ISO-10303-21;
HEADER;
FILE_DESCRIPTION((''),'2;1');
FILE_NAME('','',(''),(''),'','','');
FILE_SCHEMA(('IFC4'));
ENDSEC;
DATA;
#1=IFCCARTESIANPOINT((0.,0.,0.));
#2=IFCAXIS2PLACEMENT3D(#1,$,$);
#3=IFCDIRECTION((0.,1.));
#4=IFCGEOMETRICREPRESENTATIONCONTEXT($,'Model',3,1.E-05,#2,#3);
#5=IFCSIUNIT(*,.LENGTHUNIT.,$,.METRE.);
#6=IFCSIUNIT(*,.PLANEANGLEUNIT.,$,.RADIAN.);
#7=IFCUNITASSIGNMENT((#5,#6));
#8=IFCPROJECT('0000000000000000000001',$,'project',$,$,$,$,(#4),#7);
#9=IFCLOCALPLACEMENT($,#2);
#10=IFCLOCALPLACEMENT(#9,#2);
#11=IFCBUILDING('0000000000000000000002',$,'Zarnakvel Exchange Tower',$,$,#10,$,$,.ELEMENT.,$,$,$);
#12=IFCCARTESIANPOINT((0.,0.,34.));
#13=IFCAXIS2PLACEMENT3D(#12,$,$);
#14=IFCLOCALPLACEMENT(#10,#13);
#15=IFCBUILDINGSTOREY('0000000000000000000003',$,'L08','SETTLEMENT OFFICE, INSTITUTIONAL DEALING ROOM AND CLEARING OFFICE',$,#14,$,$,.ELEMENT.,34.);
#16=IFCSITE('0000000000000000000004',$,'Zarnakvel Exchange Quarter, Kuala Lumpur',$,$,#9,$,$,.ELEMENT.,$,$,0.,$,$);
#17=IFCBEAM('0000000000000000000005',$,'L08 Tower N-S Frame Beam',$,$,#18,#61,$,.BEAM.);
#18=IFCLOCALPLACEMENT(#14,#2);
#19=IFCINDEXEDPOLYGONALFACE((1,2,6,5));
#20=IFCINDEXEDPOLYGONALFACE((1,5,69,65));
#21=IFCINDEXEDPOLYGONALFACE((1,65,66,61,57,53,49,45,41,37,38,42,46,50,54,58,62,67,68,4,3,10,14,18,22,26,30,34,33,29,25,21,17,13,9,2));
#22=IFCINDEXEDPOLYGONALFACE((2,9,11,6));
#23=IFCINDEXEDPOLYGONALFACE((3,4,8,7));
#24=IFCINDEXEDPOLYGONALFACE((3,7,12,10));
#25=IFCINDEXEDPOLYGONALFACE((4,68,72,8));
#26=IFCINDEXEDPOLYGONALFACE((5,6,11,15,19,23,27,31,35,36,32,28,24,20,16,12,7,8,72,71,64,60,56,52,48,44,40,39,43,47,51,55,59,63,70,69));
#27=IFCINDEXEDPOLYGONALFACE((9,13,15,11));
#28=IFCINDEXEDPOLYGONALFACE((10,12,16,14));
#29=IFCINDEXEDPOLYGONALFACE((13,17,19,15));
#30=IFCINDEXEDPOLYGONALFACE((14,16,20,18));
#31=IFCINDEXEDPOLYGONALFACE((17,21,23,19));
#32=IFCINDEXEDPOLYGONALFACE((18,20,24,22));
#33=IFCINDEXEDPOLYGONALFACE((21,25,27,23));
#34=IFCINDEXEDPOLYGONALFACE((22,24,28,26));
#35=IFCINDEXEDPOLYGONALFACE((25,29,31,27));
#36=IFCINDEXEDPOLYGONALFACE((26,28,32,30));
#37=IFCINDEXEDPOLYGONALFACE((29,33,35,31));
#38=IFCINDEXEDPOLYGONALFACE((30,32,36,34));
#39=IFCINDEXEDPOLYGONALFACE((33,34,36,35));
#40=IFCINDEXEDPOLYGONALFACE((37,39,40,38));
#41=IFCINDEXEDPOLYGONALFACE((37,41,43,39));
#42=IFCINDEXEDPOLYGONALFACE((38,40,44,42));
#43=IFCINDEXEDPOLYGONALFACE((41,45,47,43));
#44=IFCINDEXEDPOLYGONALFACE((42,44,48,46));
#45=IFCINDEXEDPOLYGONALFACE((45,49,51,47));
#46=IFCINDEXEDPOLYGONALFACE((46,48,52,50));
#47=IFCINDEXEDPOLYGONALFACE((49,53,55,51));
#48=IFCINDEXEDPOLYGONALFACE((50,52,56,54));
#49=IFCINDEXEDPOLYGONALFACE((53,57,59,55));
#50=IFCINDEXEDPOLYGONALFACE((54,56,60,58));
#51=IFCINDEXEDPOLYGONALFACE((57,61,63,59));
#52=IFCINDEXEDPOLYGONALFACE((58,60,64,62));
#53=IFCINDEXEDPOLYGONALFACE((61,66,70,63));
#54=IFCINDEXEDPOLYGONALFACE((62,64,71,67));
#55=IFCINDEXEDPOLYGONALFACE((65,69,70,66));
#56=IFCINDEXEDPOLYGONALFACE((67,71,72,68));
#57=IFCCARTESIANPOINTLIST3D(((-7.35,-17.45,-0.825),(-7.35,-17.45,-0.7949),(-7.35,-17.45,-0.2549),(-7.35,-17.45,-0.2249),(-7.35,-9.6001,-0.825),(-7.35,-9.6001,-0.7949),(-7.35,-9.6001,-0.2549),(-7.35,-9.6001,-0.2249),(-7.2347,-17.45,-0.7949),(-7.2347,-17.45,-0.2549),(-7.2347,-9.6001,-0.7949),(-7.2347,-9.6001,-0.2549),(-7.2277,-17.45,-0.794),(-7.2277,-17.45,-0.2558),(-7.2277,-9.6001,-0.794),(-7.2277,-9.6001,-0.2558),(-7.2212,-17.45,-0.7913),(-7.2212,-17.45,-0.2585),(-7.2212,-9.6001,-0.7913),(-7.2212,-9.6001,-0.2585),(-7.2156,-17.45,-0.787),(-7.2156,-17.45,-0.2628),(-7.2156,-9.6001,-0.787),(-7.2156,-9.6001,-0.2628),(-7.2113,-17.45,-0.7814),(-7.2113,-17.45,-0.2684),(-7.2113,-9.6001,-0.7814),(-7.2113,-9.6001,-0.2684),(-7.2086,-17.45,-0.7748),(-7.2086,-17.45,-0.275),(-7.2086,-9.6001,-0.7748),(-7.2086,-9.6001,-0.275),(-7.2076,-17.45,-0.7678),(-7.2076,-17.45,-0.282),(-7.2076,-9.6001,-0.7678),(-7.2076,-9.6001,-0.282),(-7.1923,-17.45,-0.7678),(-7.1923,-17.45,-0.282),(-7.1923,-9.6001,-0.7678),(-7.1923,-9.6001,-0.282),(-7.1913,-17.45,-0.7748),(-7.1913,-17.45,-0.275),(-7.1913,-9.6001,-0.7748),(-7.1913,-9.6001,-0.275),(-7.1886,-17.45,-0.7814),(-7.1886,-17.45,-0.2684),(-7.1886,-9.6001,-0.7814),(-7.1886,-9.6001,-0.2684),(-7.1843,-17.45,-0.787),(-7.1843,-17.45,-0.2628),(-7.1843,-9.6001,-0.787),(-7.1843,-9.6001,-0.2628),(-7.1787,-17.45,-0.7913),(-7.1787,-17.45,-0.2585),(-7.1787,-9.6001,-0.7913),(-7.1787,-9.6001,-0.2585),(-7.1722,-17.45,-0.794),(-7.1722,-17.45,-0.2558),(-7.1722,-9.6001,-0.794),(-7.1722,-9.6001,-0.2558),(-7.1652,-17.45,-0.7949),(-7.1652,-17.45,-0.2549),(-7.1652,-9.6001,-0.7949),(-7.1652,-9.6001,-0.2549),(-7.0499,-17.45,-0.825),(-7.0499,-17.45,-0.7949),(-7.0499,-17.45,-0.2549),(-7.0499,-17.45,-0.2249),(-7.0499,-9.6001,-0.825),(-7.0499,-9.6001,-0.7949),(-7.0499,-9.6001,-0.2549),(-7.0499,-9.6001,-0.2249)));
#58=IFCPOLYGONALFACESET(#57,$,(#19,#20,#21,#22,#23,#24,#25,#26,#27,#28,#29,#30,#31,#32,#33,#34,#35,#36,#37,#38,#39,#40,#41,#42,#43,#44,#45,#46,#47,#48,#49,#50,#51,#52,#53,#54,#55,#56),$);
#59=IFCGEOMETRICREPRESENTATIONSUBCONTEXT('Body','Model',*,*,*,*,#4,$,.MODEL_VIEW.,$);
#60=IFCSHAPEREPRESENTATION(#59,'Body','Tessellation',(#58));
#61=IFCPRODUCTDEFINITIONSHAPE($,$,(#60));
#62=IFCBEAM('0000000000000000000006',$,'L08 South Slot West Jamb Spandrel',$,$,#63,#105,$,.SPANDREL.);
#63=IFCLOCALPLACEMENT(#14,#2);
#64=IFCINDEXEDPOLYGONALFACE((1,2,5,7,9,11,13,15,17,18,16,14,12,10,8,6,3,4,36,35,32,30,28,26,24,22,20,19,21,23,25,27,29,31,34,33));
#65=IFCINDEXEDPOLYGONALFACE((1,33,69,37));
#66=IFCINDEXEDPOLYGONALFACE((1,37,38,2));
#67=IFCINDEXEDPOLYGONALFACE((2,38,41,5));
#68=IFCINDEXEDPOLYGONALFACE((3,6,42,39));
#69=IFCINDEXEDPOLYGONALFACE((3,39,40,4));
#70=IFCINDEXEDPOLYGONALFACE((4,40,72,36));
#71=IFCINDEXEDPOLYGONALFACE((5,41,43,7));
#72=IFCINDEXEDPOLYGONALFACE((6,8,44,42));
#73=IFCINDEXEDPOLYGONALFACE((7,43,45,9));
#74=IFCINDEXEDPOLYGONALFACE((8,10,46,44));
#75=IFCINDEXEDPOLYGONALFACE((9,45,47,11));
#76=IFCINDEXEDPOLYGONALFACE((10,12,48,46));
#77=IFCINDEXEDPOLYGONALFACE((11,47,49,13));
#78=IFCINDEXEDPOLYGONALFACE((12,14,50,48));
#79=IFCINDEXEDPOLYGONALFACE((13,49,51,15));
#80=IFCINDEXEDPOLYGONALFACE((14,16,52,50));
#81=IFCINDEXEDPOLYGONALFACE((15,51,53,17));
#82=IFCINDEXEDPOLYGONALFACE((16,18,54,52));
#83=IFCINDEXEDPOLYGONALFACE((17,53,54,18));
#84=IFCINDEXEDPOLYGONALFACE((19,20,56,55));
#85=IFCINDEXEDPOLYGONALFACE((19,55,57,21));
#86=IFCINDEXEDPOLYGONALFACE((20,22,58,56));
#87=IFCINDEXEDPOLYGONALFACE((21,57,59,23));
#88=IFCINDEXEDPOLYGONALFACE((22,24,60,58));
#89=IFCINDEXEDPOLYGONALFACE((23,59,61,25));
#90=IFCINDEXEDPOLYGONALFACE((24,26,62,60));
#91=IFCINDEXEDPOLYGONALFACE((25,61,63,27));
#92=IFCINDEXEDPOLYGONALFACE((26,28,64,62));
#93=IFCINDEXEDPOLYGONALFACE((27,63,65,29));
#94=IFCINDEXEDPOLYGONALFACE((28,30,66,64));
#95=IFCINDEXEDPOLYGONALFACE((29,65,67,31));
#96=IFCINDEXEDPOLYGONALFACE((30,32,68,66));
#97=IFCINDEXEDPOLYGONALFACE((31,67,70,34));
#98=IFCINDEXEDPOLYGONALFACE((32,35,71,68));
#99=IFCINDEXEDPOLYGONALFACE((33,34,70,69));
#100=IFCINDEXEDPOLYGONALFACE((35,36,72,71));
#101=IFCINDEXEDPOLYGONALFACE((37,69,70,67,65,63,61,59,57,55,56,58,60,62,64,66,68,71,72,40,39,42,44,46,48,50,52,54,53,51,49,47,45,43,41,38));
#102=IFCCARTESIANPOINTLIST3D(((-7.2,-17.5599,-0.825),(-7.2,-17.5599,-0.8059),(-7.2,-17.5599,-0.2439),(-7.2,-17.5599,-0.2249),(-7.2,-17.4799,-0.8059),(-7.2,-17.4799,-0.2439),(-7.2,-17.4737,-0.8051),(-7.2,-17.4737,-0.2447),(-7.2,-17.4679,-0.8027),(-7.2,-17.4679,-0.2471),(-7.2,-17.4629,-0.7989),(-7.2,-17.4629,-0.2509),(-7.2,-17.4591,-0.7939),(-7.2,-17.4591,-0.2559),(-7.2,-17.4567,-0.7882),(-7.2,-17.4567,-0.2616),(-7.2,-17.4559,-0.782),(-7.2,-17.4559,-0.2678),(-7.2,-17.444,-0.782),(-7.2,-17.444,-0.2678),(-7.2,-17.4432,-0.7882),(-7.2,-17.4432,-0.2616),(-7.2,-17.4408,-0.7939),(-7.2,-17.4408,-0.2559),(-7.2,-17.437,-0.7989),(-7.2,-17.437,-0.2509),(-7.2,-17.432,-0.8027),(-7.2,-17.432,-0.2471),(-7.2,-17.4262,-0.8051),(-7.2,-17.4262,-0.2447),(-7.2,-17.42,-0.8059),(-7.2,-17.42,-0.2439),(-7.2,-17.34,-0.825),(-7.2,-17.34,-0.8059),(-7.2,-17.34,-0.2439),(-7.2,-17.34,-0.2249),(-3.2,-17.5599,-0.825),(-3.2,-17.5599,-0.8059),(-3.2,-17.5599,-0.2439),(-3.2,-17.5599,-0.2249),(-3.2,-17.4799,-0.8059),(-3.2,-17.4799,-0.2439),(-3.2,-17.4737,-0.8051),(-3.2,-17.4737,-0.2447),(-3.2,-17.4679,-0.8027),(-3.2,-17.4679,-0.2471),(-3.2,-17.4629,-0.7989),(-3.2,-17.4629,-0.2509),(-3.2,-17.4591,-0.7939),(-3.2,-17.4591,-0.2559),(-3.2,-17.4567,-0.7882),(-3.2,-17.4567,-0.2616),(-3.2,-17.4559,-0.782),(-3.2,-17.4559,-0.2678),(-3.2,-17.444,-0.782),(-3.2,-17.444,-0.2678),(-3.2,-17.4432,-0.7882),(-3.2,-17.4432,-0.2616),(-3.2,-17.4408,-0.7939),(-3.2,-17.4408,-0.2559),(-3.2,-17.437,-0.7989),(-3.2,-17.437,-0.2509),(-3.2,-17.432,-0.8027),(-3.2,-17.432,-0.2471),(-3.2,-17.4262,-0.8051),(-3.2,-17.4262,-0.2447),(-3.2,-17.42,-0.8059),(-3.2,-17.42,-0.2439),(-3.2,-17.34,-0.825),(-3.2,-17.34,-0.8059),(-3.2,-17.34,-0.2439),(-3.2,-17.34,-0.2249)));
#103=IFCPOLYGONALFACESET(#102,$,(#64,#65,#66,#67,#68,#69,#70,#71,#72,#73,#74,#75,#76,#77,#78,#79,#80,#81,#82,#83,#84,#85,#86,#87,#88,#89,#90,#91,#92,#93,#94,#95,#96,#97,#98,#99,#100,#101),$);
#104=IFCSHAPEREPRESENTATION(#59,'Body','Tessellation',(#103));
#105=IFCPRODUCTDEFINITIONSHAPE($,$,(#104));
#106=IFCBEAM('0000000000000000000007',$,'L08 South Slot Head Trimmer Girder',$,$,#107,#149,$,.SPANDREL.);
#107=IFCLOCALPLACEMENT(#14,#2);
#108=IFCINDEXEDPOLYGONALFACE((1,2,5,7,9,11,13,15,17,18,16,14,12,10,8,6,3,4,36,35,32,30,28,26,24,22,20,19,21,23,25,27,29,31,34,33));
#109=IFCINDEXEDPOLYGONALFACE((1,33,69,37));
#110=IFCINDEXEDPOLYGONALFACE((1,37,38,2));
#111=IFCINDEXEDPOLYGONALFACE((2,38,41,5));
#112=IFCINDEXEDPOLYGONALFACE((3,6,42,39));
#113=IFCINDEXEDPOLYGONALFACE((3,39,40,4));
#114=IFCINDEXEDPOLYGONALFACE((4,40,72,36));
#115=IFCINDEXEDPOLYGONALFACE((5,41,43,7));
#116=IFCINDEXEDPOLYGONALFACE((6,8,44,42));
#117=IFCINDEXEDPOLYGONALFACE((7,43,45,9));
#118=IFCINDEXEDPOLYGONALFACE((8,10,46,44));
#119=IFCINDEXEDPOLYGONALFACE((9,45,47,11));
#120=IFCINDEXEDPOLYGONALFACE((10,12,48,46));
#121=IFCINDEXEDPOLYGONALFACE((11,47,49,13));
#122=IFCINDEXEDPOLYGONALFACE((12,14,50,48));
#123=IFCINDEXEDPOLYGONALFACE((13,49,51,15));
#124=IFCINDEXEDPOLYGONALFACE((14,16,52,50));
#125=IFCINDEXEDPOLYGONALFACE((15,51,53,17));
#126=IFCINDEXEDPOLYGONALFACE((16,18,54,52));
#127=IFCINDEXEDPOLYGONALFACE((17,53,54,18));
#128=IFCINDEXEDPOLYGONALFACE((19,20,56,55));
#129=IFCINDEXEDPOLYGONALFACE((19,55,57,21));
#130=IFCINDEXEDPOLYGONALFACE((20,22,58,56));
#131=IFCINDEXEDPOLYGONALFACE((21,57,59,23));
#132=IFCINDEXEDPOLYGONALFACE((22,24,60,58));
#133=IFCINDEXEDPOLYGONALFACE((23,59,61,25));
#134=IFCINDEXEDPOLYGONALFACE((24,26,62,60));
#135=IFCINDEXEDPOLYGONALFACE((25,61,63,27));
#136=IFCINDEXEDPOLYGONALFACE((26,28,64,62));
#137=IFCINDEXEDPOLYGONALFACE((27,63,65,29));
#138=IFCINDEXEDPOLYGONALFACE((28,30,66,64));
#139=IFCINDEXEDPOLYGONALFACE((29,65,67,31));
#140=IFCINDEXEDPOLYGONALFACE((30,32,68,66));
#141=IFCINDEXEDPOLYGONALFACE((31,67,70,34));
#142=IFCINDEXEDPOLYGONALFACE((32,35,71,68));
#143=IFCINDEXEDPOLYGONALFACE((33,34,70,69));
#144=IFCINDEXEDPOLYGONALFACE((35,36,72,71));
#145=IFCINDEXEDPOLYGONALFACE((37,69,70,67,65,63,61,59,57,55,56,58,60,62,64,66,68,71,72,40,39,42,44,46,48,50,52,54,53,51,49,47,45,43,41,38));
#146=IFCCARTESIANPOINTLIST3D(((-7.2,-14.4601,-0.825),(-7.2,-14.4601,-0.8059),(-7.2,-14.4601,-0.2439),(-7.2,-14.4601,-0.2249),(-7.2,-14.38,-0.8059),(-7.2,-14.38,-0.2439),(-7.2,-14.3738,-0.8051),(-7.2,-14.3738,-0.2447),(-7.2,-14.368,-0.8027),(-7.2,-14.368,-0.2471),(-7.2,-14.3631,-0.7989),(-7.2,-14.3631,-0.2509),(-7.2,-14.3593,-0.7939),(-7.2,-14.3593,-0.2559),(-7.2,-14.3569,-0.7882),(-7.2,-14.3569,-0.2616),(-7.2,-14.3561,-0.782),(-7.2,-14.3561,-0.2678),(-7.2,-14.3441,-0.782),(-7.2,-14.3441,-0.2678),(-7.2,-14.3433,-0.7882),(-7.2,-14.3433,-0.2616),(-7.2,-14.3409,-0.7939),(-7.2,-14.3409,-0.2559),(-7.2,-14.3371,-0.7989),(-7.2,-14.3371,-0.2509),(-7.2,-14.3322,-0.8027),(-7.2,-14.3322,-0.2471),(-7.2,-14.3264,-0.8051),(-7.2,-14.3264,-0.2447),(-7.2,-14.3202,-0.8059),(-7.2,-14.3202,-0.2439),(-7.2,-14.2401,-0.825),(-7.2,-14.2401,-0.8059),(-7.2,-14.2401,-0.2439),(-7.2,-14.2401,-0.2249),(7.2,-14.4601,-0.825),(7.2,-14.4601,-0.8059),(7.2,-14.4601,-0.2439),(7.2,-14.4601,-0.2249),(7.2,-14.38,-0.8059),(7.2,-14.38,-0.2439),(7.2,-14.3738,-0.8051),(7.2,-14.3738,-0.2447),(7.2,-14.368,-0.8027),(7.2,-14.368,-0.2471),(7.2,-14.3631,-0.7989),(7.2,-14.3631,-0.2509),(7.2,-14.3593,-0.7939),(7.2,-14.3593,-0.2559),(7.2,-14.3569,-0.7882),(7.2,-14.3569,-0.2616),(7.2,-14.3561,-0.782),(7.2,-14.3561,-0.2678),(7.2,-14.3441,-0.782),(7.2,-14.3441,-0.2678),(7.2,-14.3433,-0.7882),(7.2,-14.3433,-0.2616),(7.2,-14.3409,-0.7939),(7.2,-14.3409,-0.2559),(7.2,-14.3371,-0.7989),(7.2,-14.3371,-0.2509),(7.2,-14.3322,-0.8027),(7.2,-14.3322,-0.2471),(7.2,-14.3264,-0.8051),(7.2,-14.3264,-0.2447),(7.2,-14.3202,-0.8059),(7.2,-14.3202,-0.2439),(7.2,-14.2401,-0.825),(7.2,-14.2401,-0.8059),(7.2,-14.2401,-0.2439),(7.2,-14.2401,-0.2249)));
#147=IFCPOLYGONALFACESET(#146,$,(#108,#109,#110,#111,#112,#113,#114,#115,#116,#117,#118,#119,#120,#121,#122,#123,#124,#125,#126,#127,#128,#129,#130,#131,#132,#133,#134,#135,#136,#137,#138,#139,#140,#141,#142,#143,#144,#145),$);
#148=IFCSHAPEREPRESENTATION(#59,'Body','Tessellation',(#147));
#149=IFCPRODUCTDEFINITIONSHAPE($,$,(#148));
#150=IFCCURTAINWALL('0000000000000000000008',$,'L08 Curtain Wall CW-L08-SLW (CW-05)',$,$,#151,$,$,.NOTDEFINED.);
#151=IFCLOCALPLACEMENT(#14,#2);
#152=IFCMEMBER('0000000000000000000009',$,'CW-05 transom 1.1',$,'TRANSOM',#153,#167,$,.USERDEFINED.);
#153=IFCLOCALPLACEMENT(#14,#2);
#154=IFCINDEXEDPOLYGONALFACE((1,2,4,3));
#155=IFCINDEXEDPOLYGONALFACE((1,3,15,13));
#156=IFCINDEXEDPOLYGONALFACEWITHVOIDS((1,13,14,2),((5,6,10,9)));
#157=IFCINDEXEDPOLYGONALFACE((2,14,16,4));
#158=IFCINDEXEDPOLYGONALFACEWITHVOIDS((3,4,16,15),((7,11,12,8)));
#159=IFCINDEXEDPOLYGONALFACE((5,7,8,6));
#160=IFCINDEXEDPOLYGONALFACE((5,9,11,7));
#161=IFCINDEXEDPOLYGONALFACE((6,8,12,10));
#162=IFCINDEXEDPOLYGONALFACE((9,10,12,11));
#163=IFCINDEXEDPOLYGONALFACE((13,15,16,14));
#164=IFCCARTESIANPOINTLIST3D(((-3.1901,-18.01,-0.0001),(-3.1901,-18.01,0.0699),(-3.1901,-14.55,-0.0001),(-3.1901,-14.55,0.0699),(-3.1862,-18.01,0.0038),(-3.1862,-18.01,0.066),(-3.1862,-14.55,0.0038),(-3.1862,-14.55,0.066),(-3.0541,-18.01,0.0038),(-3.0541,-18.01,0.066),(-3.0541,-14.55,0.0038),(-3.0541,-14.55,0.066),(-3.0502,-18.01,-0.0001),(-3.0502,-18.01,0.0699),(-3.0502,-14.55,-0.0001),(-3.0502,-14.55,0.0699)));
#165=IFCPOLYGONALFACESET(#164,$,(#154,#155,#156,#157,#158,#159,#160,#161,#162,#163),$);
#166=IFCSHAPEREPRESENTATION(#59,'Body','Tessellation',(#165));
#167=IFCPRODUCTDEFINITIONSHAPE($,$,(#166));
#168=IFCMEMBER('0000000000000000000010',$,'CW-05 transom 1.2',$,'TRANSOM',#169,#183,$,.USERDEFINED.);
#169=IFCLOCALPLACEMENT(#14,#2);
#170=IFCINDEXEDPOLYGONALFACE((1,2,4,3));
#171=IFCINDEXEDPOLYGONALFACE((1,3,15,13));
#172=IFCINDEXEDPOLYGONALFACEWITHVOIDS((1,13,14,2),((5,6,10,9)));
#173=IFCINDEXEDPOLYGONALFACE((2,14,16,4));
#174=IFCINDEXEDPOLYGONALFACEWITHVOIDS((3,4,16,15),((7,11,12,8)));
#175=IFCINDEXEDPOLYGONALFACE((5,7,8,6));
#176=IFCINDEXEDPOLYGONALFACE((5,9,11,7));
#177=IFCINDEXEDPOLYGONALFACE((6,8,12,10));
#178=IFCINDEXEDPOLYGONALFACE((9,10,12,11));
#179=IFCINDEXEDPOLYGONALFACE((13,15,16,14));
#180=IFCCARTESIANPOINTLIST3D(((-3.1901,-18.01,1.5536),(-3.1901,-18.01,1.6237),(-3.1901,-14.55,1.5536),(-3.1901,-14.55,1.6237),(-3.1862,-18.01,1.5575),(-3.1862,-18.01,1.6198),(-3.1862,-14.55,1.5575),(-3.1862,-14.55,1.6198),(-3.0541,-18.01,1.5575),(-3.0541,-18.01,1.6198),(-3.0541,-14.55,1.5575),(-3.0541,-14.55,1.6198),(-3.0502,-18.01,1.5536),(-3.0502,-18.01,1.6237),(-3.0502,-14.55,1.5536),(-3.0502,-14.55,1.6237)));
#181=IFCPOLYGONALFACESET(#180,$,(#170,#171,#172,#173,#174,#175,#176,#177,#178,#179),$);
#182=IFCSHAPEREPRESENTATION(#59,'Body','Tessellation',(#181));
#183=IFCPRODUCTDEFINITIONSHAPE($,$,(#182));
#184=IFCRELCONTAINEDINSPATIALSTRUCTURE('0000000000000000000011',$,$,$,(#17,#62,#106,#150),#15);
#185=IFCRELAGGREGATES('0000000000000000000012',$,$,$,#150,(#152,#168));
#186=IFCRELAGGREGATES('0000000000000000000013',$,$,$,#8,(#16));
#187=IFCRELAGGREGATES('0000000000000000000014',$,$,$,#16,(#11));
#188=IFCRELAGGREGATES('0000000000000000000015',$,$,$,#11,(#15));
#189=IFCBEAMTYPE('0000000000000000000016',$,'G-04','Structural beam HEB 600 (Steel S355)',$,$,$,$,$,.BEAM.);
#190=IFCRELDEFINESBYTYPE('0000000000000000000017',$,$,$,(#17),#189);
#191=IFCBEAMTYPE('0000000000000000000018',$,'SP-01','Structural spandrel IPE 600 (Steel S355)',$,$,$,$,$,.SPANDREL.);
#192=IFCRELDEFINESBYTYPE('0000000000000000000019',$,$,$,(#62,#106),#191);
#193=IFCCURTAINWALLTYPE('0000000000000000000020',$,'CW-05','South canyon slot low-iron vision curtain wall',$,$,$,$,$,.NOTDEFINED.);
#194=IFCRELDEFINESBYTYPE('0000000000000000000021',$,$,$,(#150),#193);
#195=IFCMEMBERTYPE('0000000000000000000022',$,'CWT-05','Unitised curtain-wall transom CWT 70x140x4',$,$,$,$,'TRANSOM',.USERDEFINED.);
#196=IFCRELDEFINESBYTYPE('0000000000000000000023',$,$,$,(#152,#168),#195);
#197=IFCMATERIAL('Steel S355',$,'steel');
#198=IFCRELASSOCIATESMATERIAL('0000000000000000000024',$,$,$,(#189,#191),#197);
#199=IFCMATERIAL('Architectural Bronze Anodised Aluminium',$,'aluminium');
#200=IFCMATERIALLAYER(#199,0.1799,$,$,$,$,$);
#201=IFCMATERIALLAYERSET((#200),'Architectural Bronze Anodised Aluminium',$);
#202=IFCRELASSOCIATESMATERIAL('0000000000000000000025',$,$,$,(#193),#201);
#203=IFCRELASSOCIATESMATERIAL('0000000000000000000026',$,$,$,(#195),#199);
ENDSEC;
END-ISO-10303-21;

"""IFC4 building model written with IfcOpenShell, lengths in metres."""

from ifc_helpers import new_model, si_unit, direction, frame, origin, origin_2d, place, context, subcontext, project, spatial, hollow_rectangle, i_section, extrude, source, transform, mapped, material, layer, layer_set, material_profile, profile_set, type_object, element, aggregate, save


model = new_model("IFC4")

# Units and contexts
model_context = context("Model", 3, precision=1e-05, world=origin(), true_north=direction((0.0, 1.0)))
body_context = subcontext(model_context, "Body", "Model", "MODEL_VIEW")
ifc_project = project(units=[si_unit("LENGTHUNIT", "METRE"), si_unit("PLANEANGLEUNIT", "RADIAN")], contexts=[model_context])

# Site, building, storey
site_placement = place(None, origin())
site = spatial("IfcSite", under=ifc_project, at=site_placement, Name="Zarnakvel Exchange Quarter, Kuala Lumpur", CompositionType="ELEMENT", RefElevation=0.0)
building_placement = place(site_placement, origin())
building = spatial("IfcBuilding", under=site, at=building_placement, Name="Zarnakvel Exchange Tower", CompositionType="ELEMENT")
storey_placement = place(building_placement, frame((0.0, 0.0, 34.0)))
storey = spatial("IfcBuildingStorey", under=building, at=storey_placement, Name="L08", Description="SETTLEMENT OFFICE, INSTITUTIONAL DEALING ROOM AND CLEARING OFFICE", CompositionType="ELEMENT", Elevation=34.0)

# Beams
ifc_material_1 = material(Name="Steel S355", Category="steel")
ifc_material_profile_1 = material_profile(ifc_material_1, i_section(OverallWidth=0.3, OverallDepth=0.6001, WebThickness=0.0154, FlangeThickness=0.03, FilletRadius=0.0271, at=origin_2d()))
ifc_profile_set_1 = profile_set([ifc_material_profile_1], Name="Steel S355")
beam_type_1 = type_object("IfcBeamType", Name="G-04", Description="Structural beam HEB 600 (Steel S355)", PredefinedType="BEAM", material=ifc_profile_set_1)
for number, where, z_axis, x_axis, name in (
    (1, (-7.2, -17.45, -0.5249), (0.0, 1.0, 0.0), (-1.0, 0.0, 0.0), "L08 Tower N-S Frame Beam"),
):
    element("IfcBeam", number, at=place(storey_placement, frame(where, z_axis=z_axis, x_axis=x_axis)), inside=storey, type_object=beam_type_1, Name=name, PredefinedType="BEAM", context=body_context, shape_type="SweptSolid", body=[
        extrude(i_section(OverallWidth=0.3, OverallDepth=0.6001, WebThickness=0.0154, FlangeThickness=0.03, FilletRadius=0.0271, at=origin_2d()), origin(), (0.0, 0.0, 1.0), 7.8499),
    ])
ifc_material_profile_2 = material_profile(ifc_material_1, i_section(OverallWidth=0.22, OverallDepth=0.6001, WebThickness=0.012, FlangeThickness=0.019, FilletRadius=0.0239, at=origin_2d()))
ifc_profile_set_2 = profile_set([ifc_material_profile_2], Name="Steel S355")
beam_type_2 = type_object("IfcBeamType", Name="SP-01", Description="Structural spandrel IPE 600 (Steel S355)", PredefinedType="SPANDREL", material=ifc_profile_set_2)
beam_1_placement = place(storey_placement, frame((-7.2, -17.45, -0.5249), z_axis=(1.0, 0.0, 0.0), x_axis=(0.0, 1.0, 0.0)))
element("IfcBeam", 2, at=beam_1_placement, inside=storey, type_object=beam_type_2, Name="L08 South Slot West Jamb Spandrel", PredefinedType="SPANDREL", context=body_context, shape_type="SweptSolid", body=[
    extrude(i_section(OverallWidth=0.22, OverallDepth=0.6001, WebThickness=0.012, FlangeThickness=0.019, FilletRadius=0.0239, at=origin_2d()), origin(), (0.0, 0.0, 1.0), 4.0),
])
beam_2_placement = place(storey_placement, frame((-7.2, -14.3501, -0.5249), z_axis=(1.0, 0.0, 0.0), x_axis=(0.0, 1.0, 0.0)))
element("IfcBeam", 3, at=beam_2_placement, inside=storey, type_object=beam_type_2, Name="L08 South Slot Head Trimmer Girder", PredefinedType="SPANDREL", context=body_context, shape_type="SweptSolid", body=[
    extrude(i_section(OverallWidth=0.22, OverallDepth=0.6001, WebThickness=0.012, FlangeThickness=0.019, FilletRadius=0.0239, at=origin_2d()), origin(), (0.0, 0.0, 1.0), 14.3999),
])

# Curtain wall, members
ifc_material_2 = material(Name="Architectural Bronze Anodised Aluminium", Category="aluminium")
ifc_layer_1 = layer(ifc_material_2, 0.1799)
ifc_layer_set_1 = layer_set([ifc_layer_1], Name="Architectural Bronze Anodised Aluminium")
curtain_wall_type = type_object("IfcCurtainWallType", Name="CW-05", Description="South canyon slot low-iron vision curtain wall", PredefinedType="NOTDEFINED", material=ifc_layer_set_1)
curtain_wall_1_placement = place(storey_placement, origin())
curtain_wall_1 = element("IfcCurtainWall", 4, at=curtain_wall_1_placement, inside=storey, type_object=curtain_wall_type, Name="L08 Curtain Wall CW-L08-SLW (CW-05)", PredefinedType="NOTDEFINED")
ifc_material_profile_3 = material_profile(ifc_material_2, hollow_rectangle(XDim=0.1399, YDim=0.0701, WallThickness=0.0039, at=origin_2d()))
ifc_profile_set_3 = profile_set([ifc_material_profile_3], Name="Architectural Bronze Anodised Aluminium")
member_type_1 = type_object("IfcMemberType", Name="CWT-05", Description="Unitised curtain-wall transom CWT 70x140x4", ElementType="TRANSOM", PredefinedType="USERDEFINED", material=ifc_profile_set_3)
shared_shape_1 = source(origin(), body_context, "Body", "SweptSolid", [
    extrude(hollow_rectangle(XDim=0.1399, YDim=0.0701, WallThickness=0.0039, at=origin_2d()), origin(), (0.0, 0.0, 1.0), 3.46),
])
member_1_placement = place(storey_placement, frame((-3.1201, -18.01, 0.0349), z_axis=(0.0, 1.0, 0.0), x_axis=(-1.0, 0.0, 0.0)))
member_1 = element("IfcMember", 5, at=member_1_placement, type_object=member_type_1, Name="CW-05 transom 1.1", ObjectType="TRANSOM", PredefinedType="USERDEFINED", context=body_context, shape_type="MappedRepresentation", body=[
    mapped(shared_shape_1, transform((0.0, 0.0, 0.0), x_axis=(1.0, 0.0, 0.0), y_axis=(0.0, 1.0, 0.0), z_axis=(0.0, 0.0, 1.0), scale=1.0)),
])
member_2_placement = place(storey_placement, frame((-3.1201, -18.01, 1.5886), z_axis=(0.0, 1.0, 0.0), x_axis=(-1.0, 0.0, 0.0)))
member_2 = element("IfcMember", 6, at=member_2_placement, type_object=member_type_1, Name="CW-05 transom 1.2", ObjectType="TRANSOM", PredefinedType="USERDEFINED", context=body_context, shape_type="MappedRepresentation", body=[
    mapped(shared_shape_1, transform((0.0, 0.0, 0.0), x_axis=(1.0, 0.0, 0.0), y_axis=(0.0, 1.0, 0.0), z_axis=(0.0, 0.0, 1.0), scale=1.0)),
])

aggregate(curtain_wall_1, [member_1, member_2])

save(model, "model.ifc")
